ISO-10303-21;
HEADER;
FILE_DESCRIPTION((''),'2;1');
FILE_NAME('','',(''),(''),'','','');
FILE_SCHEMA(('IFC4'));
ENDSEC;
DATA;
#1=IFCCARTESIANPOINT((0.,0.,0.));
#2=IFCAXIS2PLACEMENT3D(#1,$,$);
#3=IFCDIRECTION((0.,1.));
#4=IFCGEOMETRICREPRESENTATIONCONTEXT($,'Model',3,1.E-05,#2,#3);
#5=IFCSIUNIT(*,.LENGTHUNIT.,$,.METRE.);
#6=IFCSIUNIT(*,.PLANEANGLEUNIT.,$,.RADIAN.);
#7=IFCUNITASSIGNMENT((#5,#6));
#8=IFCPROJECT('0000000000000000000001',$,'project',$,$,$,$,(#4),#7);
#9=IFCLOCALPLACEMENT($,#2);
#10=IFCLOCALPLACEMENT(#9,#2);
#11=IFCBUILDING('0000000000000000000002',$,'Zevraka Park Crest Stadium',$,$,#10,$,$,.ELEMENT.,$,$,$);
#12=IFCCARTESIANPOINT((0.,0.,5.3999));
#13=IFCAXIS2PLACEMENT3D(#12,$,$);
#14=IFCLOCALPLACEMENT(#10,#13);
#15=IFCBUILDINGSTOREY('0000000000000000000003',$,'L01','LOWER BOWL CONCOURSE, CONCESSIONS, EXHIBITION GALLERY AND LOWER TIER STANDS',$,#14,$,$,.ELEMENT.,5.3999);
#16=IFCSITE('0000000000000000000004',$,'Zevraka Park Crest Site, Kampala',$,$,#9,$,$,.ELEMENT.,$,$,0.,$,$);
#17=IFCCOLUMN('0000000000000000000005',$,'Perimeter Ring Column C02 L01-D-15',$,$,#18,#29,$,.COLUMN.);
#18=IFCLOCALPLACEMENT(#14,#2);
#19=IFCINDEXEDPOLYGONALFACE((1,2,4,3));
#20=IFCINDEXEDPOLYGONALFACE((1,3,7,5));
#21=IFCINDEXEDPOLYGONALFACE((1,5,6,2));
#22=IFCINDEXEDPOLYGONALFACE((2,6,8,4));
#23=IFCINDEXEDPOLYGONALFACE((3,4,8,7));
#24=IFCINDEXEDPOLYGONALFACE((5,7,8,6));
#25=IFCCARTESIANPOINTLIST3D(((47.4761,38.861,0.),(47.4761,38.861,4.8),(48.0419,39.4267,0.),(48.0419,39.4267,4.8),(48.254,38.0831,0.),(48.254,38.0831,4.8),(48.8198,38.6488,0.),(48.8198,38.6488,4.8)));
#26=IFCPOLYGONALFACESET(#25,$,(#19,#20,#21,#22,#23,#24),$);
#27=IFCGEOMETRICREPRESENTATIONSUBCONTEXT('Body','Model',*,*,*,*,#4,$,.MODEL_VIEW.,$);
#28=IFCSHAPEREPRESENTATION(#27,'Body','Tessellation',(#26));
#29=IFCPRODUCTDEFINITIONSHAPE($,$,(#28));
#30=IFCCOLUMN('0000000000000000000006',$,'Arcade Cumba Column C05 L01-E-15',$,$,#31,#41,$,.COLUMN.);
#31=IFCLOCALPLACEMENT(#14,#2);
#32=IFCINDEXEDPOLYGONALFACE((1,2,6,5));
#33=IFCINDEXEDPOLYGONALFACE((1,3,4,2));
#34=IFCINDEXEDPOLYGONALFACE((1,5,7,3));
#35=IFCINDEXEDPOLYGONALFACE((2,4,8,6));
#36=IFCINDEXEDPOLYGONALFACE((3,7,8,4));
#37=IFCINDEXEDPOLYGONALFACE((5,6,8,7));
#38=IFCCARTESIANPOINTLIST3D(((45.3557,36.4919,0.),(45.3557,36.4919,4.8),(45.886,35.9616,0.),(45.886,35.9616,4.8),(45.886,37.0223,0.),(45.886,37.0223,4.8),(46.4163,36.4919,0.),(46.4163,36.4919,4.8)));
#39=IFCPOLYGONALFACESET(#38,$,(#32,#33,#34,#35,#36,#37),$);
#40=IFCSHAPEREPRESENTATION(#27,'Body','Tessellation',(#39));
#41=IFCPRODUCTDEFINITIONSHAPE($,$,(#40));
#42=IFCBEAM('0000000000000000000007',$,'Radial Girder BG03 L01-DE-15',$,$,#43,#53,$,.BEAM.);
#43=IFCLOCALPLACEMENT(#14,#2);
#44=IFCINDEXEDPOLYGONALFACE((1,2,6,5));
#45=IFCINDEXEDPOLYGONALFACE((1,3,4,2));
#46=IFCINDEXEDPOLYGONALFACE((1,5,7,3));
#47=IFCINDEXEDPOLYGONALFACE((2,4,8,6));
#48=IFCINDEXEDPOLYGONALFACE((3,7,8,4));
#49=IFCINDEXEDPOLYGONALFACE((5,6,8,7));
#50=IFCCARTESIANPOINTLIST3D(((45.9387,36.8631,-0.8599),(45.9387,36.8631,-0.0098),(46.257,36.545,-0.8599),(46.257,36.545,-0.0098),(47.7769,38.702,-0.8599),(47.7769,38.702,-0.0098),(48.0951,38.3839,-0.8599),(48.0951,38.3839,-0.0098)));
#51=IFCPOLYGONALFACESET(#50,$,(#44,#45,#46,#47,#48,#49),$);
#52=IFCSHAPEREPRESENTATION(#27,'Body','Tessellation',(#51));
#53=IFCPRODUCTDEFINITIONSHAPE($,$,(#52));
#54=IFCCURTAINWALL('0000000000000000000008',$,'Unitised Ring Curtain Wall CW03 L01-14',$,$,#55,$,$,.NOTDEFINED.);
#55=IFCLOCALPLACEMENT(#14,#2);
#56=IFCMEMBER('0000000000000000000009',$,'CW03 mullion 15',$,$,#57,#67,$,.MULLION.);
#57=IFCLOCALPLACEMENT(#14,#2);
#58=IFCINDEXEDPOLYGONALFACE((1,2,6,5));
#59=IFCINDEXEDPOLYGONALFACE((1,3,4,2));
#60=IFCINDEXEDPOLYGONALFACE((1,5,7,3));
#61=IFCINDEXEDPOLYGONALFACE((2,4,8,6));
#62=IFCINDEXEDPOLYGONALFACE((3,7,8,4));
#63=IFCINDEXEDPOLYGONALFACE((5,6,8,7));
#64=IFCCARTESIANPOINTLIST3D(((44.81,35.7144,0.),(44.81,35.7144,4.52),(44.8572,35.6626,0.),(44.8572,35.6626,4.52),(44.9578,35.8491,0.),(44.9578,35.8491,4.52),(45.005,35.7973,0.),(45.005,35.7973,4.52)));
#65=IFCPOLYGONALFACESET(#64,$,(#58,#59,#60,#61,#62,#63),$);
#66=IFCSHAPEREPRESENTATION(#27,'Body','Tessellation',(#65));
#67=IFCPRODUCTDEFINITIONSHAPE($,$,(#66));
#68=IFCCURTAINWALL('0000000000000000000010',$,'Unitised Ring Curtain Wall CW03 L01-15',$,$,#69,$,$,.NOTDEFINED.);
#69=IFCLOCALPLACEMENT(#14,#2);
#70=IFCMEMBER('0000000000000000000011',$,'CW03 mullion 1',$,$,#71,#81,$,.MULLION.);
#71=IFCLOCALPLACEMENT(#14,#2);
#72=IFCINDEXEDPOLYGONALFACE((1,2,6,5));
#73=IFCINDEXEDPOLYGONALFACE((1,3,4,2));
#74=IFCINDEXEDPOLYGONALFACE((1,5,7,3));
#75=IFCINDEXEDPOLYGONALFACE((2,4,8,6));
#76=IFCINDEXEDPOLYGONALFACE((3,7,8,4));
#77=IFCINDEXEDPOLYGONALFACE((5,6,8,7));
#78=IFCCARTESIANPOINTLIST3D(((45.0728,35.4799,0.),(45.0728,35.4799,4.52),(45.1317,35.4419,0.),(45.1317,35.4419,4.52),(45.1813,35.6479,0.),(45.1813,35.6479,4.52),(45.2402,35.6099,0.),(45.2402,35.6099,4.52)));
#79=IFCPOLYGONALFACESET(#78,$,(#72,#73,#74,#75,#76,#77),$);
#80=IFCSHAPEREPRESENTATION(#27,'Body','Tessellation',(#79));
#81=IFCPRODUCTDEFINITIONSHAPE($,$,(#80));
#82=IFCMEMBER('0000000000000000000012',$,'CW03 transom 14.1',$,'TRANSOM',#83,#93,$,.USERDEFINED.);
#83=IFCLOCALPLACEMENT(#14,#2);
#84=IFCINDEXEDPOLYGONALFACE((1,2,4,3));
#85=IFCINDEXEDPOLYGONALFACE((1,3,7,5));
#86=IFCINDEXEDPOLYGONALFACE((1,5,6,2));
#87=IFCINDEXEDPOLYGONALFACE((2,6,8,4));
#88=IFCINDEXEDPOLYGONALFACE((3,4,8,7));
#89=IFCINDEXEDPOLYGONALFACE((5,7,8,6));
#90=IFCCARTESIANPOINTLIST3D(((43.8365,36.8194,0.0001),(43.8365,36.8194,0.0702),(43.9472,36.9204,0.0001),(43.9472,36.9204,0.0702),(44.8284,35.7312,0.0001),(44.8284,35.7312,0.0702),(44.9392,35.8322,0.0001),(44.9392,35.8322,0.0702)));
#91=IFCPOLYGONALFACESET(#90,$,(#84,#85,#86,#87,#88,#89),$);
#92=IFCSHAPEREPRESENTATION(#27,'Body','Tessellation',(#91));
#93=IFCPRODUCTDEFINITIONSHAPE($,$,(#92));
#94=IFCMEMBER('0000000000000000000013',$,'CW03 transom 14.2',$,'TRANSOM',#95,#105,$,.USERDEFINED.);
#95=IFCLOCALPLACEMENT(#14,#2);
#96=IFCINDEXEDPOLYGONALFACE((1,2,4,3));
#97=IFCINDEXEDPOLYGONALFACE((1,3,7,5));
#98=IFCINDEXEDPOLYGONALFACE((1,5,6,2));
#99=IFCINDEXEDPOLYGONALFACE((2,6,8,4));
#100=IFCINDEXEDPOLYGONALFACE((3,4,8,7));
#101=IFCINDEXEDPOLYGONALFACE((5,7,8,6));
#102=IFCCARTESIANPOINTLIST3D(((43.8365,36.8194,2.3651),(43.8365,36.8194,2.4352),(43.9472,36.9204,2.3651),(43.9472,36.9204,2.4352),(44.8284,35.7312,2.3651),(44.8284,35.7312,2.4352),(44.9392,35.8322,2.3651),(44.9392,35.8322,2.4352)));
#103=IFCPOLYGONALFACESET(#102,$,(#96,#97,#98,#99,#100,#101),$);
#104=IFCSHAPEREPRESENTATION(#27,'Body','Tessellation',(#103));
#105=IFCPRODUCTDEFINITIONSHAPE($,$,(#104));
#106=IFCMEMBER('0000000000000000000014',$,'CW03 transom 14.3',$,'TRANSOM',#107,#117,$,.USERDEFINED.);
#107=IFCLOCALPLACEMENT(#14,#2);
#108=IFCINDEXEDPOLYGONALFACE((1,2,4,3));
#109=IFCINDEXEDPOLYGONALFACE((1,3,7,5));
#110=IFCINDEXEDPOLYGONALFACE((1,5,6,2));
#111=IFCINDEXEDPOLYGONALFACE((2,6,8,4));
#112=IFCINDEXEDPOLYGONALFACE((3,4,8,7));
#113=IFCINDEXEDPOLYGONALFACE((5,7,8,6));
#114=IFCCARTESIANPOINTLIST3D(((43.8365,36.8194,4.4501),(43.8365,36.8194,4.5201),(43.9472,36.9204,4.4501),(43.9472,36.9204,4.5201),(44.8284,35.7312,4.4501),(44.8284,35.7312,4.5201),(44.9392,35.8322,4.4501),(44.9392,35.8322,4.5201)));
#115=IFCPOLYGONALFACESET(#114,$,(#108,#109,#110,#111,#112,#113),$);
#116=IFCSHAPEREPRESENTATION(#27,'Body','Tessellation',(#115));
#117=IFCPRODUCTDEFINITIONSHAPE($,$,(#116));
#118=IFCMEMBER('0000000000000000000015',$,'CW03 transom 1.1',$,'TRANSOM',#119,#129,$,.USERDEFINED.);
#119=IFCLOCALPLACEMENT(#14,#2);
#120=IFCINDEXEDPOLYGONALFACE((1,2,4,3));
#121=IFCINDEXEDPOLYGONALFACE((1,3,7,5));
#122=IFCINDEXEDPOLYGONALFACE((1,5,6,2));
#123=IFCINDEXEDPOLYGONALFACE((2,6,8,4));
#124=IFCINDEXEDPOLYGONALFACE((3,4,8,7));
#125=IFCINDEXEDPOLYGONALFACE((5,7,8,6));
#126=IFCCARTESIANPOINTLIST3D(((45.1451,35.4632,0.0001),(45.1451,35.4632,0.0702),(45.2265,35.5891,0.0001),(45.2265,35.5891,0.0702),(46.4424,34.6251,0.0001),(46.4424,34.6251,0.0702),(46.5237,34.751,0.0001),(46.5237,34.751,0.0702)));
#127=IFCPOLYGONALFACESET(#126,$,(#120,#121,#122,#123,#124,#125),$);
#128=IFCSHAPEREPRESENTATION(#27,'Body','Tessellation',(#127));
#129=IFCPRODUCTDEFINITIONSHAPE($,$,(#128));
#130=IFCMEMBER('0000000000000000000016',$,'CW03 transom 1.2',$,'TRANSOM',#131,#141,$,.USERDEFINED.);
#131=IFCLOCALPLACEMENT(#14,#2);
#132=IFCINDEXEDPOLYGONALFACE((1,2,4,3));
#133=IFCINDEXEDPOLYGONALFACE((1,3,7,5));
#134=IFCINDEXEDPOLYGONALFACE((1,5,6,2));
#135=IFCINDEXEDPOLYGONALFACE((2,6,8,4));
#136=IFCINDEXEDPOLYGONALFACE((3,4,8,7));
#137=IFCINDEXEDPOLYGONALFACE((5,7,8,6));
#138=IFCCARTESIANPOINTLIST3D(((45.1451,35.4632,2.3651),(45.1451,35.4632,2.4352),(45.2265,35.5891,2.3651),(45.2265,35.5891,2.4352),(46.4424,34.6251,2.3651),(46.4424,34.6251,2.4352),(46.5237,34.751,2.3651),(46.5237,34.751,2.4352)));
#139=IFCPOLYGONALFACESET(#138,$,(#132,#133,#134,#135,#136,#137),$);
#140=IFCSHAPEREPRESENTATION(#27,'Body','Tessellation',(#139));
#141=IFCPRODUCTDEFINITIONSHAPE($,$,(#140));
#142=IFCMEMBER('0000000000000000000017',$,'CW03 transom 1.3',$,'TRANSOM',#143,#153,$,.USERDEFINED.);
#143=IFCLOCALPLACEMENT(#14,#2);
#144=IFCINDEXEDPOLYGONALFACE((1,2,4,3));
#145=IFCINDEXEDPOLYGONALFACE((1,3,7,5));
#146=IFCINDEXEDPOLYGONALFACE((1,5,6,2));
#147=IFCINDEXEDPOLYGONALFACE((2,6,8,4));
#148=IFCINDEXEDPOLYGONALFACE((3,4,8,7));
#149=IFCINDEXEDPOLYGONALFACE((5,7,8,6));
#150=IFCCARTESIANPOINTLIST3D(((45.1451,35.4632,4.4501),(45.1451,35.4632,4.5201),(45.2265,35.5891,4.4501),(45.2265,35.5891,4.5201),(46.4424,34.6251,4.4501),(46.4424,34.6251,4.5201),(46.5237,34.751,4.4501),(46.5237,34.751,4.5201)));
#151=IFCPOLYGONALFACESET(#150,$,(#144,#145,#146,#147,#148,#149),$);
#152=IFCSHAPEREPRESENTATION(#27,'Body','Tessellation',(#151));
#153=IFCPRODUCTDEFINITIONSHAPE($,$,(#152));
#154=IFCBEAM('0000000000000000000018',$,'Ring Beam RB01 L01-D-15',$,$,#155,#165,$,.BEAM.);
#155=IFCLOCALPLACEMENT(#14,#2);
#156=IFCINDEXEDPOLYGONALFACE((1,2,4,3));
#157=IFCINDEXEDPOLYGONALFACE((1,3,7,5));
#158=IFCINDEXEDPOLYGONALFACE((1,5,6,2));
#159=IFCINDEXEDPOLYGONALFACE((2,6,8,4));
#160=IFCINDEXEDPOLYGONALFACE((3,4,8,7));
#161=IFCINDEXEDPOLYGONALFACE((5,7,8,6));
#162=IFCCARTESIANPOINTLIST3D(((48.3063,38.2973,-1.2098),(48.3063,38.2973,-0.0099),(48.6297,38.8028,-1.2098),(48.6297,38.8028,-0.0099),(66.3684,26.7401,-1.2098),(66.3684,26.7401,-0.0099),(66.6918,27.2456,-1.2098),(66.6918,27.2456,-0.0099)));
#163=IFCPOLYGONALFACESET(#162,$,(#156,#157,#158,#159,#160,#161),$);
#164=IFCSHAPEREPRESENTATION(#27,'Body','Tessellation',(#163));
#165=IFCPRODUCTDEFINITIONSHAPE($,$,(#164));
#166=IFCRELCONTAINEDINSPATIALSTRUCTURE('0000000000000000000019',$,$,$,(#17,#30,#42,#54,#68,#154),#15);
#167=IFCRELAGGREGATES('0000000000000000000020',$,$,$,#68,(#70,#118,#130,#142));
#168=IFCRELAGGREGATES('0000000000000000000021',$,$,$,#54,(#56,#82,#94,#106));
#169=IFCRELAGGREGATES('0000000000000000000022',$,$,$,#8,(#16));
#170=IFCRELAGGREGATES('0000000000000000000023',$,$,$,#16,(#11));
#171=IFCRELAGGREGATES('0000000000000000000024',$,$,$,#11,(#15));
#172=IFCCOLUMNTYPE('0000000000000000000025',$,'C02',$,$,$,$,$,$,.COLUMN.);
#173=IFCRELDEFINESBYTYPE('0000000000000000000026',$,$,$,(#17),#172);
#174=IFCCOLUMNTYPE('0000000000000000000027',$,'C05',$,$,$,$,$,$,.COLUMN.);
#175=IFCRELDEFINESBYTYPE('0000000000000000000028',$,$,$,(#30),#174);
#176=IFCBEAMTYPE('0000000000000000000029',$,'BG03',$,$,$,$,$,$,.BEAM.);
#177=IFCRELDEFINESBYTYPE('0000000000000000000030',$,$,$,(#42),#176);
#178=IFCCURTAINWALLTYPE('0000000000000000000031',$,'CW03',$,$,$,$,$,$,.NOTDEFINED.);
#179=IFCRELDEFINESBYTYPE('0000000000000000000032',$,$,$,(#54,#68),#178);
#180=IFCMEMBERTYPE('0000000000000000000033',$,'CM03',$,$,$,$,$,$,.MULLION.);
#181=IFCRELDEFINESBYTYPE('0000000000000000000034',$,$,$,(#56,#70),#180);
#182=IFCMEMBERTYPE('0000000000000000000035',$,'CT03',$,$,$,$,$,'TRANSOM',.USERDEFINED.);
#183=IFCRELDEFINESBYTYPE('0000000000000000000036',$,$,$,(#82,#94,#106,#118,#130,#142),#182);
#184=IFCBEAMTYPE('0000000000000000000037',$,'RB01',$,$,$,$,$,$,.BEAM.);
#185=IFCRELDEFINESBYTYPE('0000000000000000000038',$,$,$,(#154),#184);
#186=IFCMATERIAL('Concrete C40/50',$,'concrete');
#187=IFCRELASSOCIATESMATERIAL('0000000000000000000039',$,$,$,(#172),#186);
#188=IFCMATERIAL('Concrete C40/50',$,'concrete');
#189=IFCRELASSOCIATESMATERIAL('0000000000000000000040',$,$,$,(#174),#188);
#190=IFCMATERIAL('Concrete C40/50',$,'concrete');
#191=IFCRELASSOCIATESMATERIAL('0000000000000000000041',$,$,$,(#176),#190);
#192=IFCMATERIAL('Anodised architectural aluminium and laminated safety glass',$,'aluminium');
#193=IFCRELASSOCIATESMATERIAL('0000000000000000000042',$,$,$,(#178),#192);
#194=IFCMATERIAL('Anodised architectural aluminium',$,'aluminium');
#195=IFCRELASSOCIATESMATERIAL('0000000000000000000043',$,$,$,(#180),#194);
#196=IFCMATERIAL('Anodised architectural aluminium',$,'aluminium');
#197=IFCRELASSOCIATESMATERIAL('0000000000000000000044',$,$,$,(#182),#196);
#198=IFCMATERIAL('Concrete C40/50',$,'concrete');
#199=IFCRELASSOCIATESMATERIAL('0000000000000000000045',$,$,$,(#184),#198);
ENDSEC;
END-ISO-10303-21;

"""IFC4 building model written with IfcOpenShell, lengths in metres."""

from ifc_helpers import new_model, si_unit, direction, frame, origin, origin_2d, place, context, subcontext, project, spatial, rectangle, extrude, material, material_profile, profile_set, type_object, element, aggregate, save


model = new_model("IFC4")

# Units and contexts
model_context = context("Model", 3, precision=1e-05, world=origin(), true_north=direction((0.0, 1.0)))
body_context = subcontext(model_context, "Body", "Model", "MODEL_VIEW")
ifc_project = project(units=[si_unit("LENGTHUNIT", "METRE"), si_unit("PLANEANGLEUNIT", "RADIAN")], contexts=[model_context])

# Site, building, storey
site_placement = place(None, origin())
site = spatial("IfcSite", under=ifc_project, at=site_placement, Name="Zevraka Park Crest Site, Kampala", CompositionType="ELEMENT", RefElevation=0.0)
building_placement = place(site_placement, origin())
building = spatial("IfcBuilding", under=site, at=building_placement, Name="Zevraka Park Crest Stadium", CompositionType="ELEMENT")
storey_placement = place(building_placement, frame((0.0, 0.0, 5.3999)))
storey = spatial("IfcBuildingStorey", under=building, at=storey_placement, Name="L01", Description="LOWER BOWL CONCOURSE, CONCESSIONS, EXHIBITION GALLERY AND LOWER TIER STANDS", CompositionType="ELEMENT", Elevation=5.3999)

# Columns
ifc_material_1 = material(Name="Concrete C40/50", Category="concrete")
ifc_material_profile_1 = material_profile(ifc_material_1, rectangle(XDim=0.8, YDim=1.1001, at=origin_2d()), Name="RC 1100x800")
ifc_profile_set_1 = profile_set([ifc_material_profile_1], Name="Concrete C40/50")
column_type_1 = type_object("IfcColumnType", Name="C02", PredefinedType="COLUMN", material=ifc_profile_set_1)
column_1_placement = place(storey_placement, frame((48.1479, 38.7549, 0.0), z_axis=(0.0, 0.0, 1.0), x_axis=(0.707107, 0.707107, 0.0)))
element("IfcColumn", 1, at=column_1_placement, inside=storey, type_object=column_type_1, Name="Perimeter Ring Column C02 L01-D-15", PredefinedType="COLUMN", context=body_context, shape_type="SweptSolid", body=[
    extrude(rectangle(XDim=0.8, YDim=1.1001, at=origin_2d()), origin(), (0.0, 0.0, 1.0), 4.8),
])
ifc_material_2 = material(Name="Concrete C40/50", Category="concrete")
ifc_material_profile_2 = material_profile(ifc_material_2, rectangle(XDim=0.75, YDim=0.75, at=origin_2d()), Name="RC 750x750")
ifc_profile_set_2 = profile_set([ifc_material_profile_2], Name="Concrete C40/50")
column_type_2 = type_object("IfcColumnType", Name="C05", PredefinedType="COLUMN", material=ifc_profile_set_2)
column_2_placement = place(storey_placement, frame((45.886, 36.4919, 0.0), z_axis=(0.0, 0.0, 1.0), x_axis=(0.707107, 0.707107, 0.0)))
element("IfcColumn", 2, at=column_2_placement, inside=storey, type_object=column_type_2, Name="Arcade Cumba Column C05 L01-E-15", PredefinedType="COLUMN", context=body_context, shape_type="SweptSolid", body=[
    extrude(rectangle(XDim=0.75, YDim=0.75, at=origin_2d()), origin(), (0.0, 0.0, 1.0), 4.8),
])

# Beam
ifc_material_3 = material(Name="Concrete C40/50", Category="concrete")
ifc_material_profile_3 = material_profile(ifc_material_3, rectangle(XDim=0.45, YDim=0.8501, at=origin_2d()), Name="RC 850x450")
ifc_profile_set_3 = profile_set([ifc_material_profile_3], Name="Concrete C40/50")
beam_type_1 = type_object("IfcBeamType", Name="BG03", PredefinedType="BEAM", material=ifc_profile_set_3)
beam_1_placement = place(storey_placement, frame((47.936, 38.543, -0.4348), z_axis=(-0.706966, -0.707248, 0.0), x_axis=(0.707248, -0.706966, 0.0)))
element("IfcBeam", 3, at=beam_1_placement, inside=storey, type_object=beam_type_1, Name="Radial Girder BG03 L01-DE-15", PredefinedType="BEAM", context=body_context, shape_type="SweptSolid", body=[
    extrude(rectangle(XDim=0.45, YDim=0.8501, at=origin_2d()), origin(), (0.0, 0.0, 1.0), 2.6001),
])

# Curtain walls, members
ifc_material_4 = material(Name="Anodised architectural aluminium and laminated safety glass", Category="aluminium")
curtain_wall_type = type_object("IfcCurtainWallType", Name="CW03", PredefinedType="NOTDEFINED", material=ifc_material_4)
curtain_wall_1_placement = place(storey_placement, origin())
curtain_wall_1 = element("IfcCurtainWall", 4, at=curtain_wall_1_placement, inside=storey, type_object=curtain_wall_type, Name="Unitised Ring Curtain Wall CW03 L01-14", PredefinedType="NOTDEFINED")
ifc_material_5 = material(Name="Anodised architectural aluminium", Category="aluminium")
ifc_material_profile_4 = material_profile(ifc_material_5, rectangle(XDim=0.2, YDim=0.0701, at=origin_2d()), Name="ALU MULLION 200x70")
ifc_profile_set_4 = profile_set([ifc_material_profile_4], Name="Anodised architectural aluminium")
member_type_1 = type_object("IfcMemberType", Name="CM03", PredefinedType="MULLION", material=ifc_profile_set_4)
member_1_placement = place(storey_placement, frame((44.9075, 35.7559, 0.0), z_axis=(0.0, 0.0, 1.0), x_axis=(0.739023, 0.67368, 0.0)))
member_1 = element("IfcMember", 5, at=member_1_placement, type_object=member_type_1, Name="CW03 mullion 15", PredefinedType="MULLION", context=body_context, shape_type="SweptSolid", body=[
    extrude(rectangle(XDim=0.2, YDim=0.0701, at=origin_2d()), origin(), (0.0, 0.0, 1.0), 4.52),
])
curtain_wall_2_placement = place(storey_placement, origin())
curtain_wall_2 = element("IfcCurtainWall", 6, at=curtain_wall_2_placement, inside=storey, type_object=curtain_wall_type, Name="Unitised Ring Curtain Wall CW03 L01-15", PredefinedType="NOTDEFINED")
member_2_placement = place(storey_placement, frame((45.1565, 35.5449, 0.0), z_axis=(0.0, 0.0, 1.0), x_axis=(0.542571, 0.84001, 0.0)))
member_2 = element("IfcMember", 7, at=member_2_placement, type_object=member_type_1, Name="CW03 mullion 1", PredefinedType="MULLION", context=body_context, shape_type="SweptSolid", body=[
    extrude(rectangle(XDim=0.2, YDim=0.0701, at=origin_2d()), origin(), (0.0, 0.0, 1.0), 4.52),
])

# Members
ifc_material_6 = material(Name="Anodised architectural aluminium", Category="aluminium")
ifc_material_profile_5 = material_profile(ifc_material_6, rectangle(XDim=0.1499, YDim=0.0701, at=origin_2d()), Name="ALU TRANSOM 150x70")
ifc_profile_set_5 = profile_set([ifc_material_profile_5], Name="Anodised architectural aluminium")
member_type_2 = type_object("IfcMemberType", Name="CT03", ElementType="TRANSOM", PredefinedType="USERDEFINED", material=ifc_profile_set_5)
member_3_placement = place(storey_placement, frame((43.8918, 36.8699, 0.0352), z_axis=(0.673687, -0.739017, 0.0), x_axis=(0.739017, 0.673687, 0.0)))
member_3 = element("IfcMember", 8, at=member_3_placement, type_object=member_type_2, Name="CW03 transom 14.1", ObjectType="TRANSOM", PredefinedType="USERDEFINED", context=body_context, shape_type="SweptSolid", body=[
    extrude(rectangle(XDim=0.1499, YDim=0.0701, at=origin_2d()), origin(), (0.0, 0.0, 1.0), 1.4724),
])
member_4_placement = place(storey_placement, frame((43.8918, 36.8699, 2.4001), z_axis=(0.673687, -0.739017, 0.0), x_axis=(0.739017, 0.673687, 0.0)))
member_4 = element("IfcMember", 9, at=member_4_placement, type_object=member_type_2, Name="CW03 transom 14.2", ObjectType="TRANSOM", PredefinedType="USERDEFINED", context=body_context, shape_type="SweptSolid", body=[
    extrude(rectangle(XDim=0.1499, YDim=0.0701, at=origin_2d()), origin(), (0.0, 0.0, 1.0), 1.4724),
])
member_5_placement = place(storey_placement, frame((43.8918, 36.8699, 4.4851), z_axis=(0.673687, -0.739017, 0.0), x_axis=(0.739017, 0.673687, 0.0)))
member_5 = element("IfcMember", 10, at=member_5_placement, type_object=member_type_2, Name="CW03 transom 14.3", ObjectType="TRANSOM", PredefinedType="USERDEFINED", context=body_context, shape_type="SweptSolid", body=[
    extrude(rectangle(XDim=0.1499, YDim=0.0701, at=origin_2d()), origin(), (0.0, 0.0, 1.0), 1.4724),
])
member_6_placement = place(storey_placement, frame((45.1858, 35.5261, 0.0352), z_axis=(0.839964, -0.542642, 0.0), x_axis=(0.542642, 0.839964, 0.0)))
member_6 = element("IfcMember", 11, at=member_6_placement, type_object=member_type_2, Name="CW03 transom 1.1", ObjectType="TRANSOM", PredefinedType="USERDEFINED", context=body_context, shape_type="SweptSolid", body=[
    extrude(rectangle(XDim=0.1499, YDim=0.0701, at=origin_2d()), origin(), (0.0, 0.0, 1.0), 1.5444),
])
member_7_placement = place(storey_placement, frame((45.1858, 35.5261, 2.4001), z_axis=(0.839964, -0.542642, 0.0), x_axis=(0.542642, 0.839964, 0.0)))
member_7 = element("IfcMember", 12, at=member_7_placement, type_object=member_type_2, Name="CW03 transom 1.2", ObjectType="TRANSOM", PredefinedType="USERDEFINED", context=body_context, shape_type="SweptSolid", body=[
    extrude(rectangle(XDim=0.1499, YDim=0.0701, at=origin_2d()), origin(), (0.0, 0.0, 1.0), 1.5444),
])
member_8_placement = place(storey_placement, frame((45.1858, 35.5261, 4.4851), z_axis=(0.839964, -0.542642, 0.0), x_axis=(0.542642, 0.839964, 0.0)))
member_8 = element("IfcMember", 13, at=member_8_placement, type_object=member_type_2, Name="CW03 transom 1.3", ObjectType="TRANSOM", PredefinedType="USERDEFINED", context=body_context, shape_type="SweptSolid", body=[
    extrude(rectangle(XDim=0.1499, YDim=0.0701, at=origin_2d()), origin(), (0.0, 0.0, 1.0), 1.5444),
])
aggregate(curtain_wall_2, [member_2, member_6, member_7, member_8])

# Beam
ifc_material_7 = material(Name="Concrete C40/50", Category="concrete")
ifc_material_profile_6 = material_profile(ifc_material_7, rectangle(XDim=0.6001, YDim=1.2, at=origin_2d()), Name="RC 1200x600")
ifc_profile_set_6 = profile_set([ifc_material_profile_6], Name="Concrete C40/50")
beam_type_2 = type_object("IfcBeamType", Name="RB01", PredefinedType="BEAM", material=ifc_profile_set_6)
beam_2_placement = place(storey_placement, frame((48.468, 38.55, -0.6099), z_axis=(0.842326, -0.538969, 0.0), x_axis=(0.538969, 0.842326, 0.0)))
element("IfcBeam", 14, at=beam_2_placement, inside=storey, type_object=beam_type_2, Name="Ring Beam RB01 L01-D-15", PredefinedType="BEAM", context=body_context, shape_type="SweptSolid", body=[
    extrude(rectangle(XDim=0.6001, YDim=1.2, at=origin_2d()), origin(), (0.0, 0.0, 1.0), 21.4431),
])

aggregate(curtain_wall_1, [member_1, member_3, member_4, member_5])

save(model, "model.ifc")
